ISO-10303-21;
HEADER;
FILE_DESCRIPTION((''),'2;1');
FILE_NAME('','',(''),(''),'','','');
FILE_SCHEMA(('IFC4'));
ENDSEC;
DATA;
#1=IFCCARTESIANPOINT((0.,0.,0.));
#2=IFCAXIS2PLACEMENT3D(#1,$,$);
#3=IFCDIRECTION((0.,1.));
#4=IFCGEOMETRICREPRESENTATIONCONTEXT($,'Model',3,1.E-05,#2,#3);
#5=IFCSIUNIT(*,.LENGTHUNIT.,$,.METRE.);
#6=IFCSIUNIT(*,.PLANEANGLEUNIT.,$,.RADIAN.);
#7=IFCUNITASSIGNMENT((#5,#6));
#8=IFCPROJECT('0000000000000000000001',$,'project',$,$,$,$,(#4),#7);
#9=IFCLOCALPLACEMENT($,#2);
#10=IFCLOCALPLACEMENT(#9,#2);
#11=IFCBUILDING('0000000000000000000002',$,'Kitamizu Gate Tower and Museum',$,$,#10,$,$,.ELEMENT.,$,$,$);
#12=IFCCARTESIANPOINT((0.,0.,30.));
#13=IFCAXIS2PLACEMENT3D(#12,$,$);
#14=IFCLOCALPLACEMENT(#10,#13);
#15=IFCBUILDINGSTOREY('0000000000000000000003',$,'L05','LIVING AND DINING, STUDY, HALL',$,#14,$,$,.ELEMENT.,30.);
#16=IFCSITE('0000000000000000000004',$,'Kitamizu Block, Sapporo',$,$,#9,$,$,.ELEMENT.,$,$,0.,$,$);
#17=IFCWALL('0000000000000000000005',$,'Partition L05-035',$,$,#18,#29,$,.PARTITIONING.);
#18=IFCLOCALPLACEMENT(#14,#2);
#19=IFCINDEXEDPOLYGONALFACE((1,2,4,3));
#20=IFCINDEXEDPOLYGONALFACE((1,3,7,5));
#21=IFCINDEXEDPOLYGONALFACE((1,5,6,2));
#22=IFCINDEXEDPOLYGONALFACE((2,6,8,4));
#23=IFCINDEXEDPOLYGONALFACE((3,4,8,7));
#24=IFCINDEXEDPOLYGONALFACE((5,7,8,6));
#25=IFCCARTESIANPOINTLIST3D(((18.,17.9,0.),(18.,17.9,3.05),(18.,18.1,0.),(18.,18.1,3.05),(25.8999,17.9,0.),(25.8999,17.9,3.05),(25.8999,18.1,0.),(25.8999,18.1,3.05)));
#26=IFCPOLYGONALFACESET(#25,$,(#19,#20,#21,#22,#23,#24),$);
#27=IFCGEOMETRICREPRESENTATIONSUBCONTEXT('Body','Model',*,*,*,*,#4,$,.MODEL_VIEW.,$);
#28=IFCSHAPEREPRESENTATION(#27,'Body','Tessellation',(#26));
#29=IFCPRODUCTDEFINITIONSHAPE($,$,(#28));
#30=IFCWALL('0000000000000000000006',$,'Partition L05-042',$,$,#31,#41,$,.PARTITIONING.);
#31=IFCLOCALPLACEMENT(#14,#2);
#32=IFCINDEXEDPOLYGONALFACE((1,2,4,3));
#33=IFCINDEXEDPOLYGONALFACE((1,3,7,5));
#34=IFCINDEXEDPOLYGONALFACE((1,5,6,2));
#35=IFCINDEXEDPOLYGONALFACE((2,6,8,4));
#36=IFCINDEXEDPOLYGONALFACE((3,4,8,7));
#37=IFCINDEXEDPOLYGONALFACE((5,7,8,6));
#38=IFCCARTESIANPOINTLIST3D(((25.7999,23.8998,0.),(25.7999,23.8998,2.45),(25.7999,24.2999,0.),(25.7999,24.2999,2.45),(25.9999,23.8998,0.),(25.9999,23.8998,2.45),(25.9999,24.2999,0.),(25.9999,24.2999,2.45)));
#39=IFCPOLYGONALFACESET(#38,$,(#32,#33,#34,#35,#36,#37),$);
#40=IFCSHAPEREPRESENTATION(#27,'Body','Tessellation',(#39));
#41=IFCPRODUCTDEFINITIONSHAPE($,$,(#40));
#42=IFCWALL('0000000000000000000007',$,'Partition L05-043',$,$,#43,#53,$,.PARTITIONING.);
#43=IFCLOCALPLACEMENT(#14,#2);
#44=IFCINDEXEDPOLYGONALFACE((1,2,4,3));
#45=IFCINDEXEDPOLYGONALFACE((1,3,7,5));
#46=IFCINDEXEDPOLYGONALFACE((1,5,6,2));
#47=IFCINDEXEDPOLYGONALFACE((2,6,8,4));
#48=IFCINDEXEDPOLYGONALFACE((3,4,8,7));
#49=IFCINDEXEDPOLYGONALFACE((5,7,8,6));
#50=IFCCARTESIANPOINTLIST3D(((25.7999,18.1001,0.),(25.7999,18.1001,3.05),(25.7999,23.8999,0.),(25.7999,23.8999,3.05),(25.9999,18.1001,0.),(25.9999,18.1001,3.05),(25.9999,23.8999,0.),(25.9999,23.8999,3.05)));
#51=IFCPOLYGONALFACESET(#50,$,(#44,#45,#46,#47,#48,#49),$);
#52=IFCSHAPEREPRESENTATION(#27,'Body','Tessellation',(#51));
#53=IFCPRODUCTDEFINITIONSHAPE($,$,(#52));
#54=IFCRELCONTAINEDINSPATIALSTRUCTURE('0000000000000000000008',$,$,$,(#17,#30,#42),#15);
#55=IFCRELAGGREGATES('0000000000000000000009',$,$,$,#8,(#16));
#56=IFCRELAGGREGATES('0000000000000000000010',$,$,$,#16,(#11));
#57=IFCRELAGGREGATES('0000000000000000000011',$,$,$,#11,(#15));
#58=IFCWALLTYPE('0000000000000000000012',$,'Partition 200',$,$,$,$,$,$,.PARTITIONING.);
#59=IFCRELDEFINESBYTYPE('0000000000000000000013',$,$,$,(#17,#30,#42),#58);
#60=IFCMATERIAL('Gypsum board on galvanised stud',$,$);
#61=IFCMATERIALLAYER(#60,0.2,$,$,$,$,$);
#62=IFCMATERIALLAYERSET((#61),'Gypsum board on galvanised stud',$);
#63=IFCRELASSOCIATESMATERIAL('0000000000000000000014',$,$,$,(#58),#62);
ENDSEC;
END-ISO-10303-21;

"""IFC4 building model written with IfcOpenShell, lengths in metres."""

from ifc_helpers import new_model, si_unit, direction, frame, frame_2d, origin, place, context, subcontext, project, spatial, rectangle, extrude, material, layer, layer_set, type_object, element, save


model = new_model("IFC4")

# Units and contexts
model_context = context("Model", 3, precision=1e-05, world=origin(), true_north=direction((0.0, 1.0)))
body_context = subcontext(model_context, "Body", "Model", "MODEL_VIEW")
ifc_project = project(units=[si_unit("LENGTHUNIT", "METRE"), si_unit("PLANEANGLEUNIT", "RADIAN")], contexts=[model_context])

# Site, building, storey
site_placement = place(None, origin())
site = spatial("IfcSite", under=ifc_project, at=site_placement, Name="Kitamizu Block, Sapporo", CompositionType="ELEMENT", RefElevation=0.0)
building_placement = place(site_placement, origin())
building = spatial("IfcBuilding", under=site, at=building_placement, Name="Kitamizu Gate Tower and Museum", CompositionType="ELEMENT")
storey_placement = place(building_placement, frame((0.0, 0.0, 30.0)))
storey = spatial("IfcBuildingStorey", under=building, at=storey_placement, Name="L05", Description="LIVING AND DINING, STUDY, HALL", CompositionType="ELEMENT", Elevation=30.0)

# Walls
ifc_material_1 = material(Name="Gypsum board on galvanised stud")
ifc_layer_1 = layer(ifc_material_1, 0.2)
ifc_layer_set_1 = layer_set([ifc_layer_1], Name="Gypsum board on galvanised stud")
wall_type_1 = type_object("IfcWallType", Name="Partition 200", PredefinedType="PARTITIONING", material=ifc_layer_set_1)
wall_1_placement = place(storey_placement, frame((25.8999, 18.0, 0.0), z_axis=(0.0, 0.0, 1.0), x_axis=(-1.0, 0.0, 0.0)))
element("IfcWall", 1, at=wall_1_placement, inside=storey, type_object=wall_type_1, Name="Partition L05-035", PredefinedType="PARTITIONING", context=body_context, shape_type="SweptSolid", body=[
    extrude(rectangle(XDim=7.8999, YDim=0.2, at=frame_2d((3.95, 0.0))), origin(), (0.0, 0.0, 1.0), 3.05),
])
wall_2_placement = place(storey_placement, frame((25.8999, 24.3, 0.0), z_axis=(0.0, 0.0, 1.0), x_axis=(0.0, -1.0, 0.0)))
element("IfcWall", 2, at=wall_2_placement, inside=storey, type_object=wall_type_1, Name="Partition L05-042", PredefinedType="PARTITIONING", context=body_context, shape_type="SweptSolid", body=[
    extrude(rectangle(XDim=0.4001, YDim=0.2, at=frame_2d((0.2002, 0.0))), origin(), (0.0, 0.0, 1.0), 2.45),
])
wall_3_placement = place(storey_placement, frame((25.8999, 23.8999, 0.0), z_axis=(0.0, 0.0, 1.0), x_axis=(0.0, -1.0, 0.0)))
element("IfcWall", 3, at=wall_3_placement, inside=storey, type_object=wall_type_1, Name="Partition L05-043", PredefinedType="PARTITIONING", context=body_context, shape_type="SweptSolid", body=[
    extrude(rectangle(XDim=5.7998, YDim=0.2, at=frame_2d((2.8999, 0.0))), origin(), (0.0, 0.0, 1.0), 3.05),
])

save(model, "model.ifc")
